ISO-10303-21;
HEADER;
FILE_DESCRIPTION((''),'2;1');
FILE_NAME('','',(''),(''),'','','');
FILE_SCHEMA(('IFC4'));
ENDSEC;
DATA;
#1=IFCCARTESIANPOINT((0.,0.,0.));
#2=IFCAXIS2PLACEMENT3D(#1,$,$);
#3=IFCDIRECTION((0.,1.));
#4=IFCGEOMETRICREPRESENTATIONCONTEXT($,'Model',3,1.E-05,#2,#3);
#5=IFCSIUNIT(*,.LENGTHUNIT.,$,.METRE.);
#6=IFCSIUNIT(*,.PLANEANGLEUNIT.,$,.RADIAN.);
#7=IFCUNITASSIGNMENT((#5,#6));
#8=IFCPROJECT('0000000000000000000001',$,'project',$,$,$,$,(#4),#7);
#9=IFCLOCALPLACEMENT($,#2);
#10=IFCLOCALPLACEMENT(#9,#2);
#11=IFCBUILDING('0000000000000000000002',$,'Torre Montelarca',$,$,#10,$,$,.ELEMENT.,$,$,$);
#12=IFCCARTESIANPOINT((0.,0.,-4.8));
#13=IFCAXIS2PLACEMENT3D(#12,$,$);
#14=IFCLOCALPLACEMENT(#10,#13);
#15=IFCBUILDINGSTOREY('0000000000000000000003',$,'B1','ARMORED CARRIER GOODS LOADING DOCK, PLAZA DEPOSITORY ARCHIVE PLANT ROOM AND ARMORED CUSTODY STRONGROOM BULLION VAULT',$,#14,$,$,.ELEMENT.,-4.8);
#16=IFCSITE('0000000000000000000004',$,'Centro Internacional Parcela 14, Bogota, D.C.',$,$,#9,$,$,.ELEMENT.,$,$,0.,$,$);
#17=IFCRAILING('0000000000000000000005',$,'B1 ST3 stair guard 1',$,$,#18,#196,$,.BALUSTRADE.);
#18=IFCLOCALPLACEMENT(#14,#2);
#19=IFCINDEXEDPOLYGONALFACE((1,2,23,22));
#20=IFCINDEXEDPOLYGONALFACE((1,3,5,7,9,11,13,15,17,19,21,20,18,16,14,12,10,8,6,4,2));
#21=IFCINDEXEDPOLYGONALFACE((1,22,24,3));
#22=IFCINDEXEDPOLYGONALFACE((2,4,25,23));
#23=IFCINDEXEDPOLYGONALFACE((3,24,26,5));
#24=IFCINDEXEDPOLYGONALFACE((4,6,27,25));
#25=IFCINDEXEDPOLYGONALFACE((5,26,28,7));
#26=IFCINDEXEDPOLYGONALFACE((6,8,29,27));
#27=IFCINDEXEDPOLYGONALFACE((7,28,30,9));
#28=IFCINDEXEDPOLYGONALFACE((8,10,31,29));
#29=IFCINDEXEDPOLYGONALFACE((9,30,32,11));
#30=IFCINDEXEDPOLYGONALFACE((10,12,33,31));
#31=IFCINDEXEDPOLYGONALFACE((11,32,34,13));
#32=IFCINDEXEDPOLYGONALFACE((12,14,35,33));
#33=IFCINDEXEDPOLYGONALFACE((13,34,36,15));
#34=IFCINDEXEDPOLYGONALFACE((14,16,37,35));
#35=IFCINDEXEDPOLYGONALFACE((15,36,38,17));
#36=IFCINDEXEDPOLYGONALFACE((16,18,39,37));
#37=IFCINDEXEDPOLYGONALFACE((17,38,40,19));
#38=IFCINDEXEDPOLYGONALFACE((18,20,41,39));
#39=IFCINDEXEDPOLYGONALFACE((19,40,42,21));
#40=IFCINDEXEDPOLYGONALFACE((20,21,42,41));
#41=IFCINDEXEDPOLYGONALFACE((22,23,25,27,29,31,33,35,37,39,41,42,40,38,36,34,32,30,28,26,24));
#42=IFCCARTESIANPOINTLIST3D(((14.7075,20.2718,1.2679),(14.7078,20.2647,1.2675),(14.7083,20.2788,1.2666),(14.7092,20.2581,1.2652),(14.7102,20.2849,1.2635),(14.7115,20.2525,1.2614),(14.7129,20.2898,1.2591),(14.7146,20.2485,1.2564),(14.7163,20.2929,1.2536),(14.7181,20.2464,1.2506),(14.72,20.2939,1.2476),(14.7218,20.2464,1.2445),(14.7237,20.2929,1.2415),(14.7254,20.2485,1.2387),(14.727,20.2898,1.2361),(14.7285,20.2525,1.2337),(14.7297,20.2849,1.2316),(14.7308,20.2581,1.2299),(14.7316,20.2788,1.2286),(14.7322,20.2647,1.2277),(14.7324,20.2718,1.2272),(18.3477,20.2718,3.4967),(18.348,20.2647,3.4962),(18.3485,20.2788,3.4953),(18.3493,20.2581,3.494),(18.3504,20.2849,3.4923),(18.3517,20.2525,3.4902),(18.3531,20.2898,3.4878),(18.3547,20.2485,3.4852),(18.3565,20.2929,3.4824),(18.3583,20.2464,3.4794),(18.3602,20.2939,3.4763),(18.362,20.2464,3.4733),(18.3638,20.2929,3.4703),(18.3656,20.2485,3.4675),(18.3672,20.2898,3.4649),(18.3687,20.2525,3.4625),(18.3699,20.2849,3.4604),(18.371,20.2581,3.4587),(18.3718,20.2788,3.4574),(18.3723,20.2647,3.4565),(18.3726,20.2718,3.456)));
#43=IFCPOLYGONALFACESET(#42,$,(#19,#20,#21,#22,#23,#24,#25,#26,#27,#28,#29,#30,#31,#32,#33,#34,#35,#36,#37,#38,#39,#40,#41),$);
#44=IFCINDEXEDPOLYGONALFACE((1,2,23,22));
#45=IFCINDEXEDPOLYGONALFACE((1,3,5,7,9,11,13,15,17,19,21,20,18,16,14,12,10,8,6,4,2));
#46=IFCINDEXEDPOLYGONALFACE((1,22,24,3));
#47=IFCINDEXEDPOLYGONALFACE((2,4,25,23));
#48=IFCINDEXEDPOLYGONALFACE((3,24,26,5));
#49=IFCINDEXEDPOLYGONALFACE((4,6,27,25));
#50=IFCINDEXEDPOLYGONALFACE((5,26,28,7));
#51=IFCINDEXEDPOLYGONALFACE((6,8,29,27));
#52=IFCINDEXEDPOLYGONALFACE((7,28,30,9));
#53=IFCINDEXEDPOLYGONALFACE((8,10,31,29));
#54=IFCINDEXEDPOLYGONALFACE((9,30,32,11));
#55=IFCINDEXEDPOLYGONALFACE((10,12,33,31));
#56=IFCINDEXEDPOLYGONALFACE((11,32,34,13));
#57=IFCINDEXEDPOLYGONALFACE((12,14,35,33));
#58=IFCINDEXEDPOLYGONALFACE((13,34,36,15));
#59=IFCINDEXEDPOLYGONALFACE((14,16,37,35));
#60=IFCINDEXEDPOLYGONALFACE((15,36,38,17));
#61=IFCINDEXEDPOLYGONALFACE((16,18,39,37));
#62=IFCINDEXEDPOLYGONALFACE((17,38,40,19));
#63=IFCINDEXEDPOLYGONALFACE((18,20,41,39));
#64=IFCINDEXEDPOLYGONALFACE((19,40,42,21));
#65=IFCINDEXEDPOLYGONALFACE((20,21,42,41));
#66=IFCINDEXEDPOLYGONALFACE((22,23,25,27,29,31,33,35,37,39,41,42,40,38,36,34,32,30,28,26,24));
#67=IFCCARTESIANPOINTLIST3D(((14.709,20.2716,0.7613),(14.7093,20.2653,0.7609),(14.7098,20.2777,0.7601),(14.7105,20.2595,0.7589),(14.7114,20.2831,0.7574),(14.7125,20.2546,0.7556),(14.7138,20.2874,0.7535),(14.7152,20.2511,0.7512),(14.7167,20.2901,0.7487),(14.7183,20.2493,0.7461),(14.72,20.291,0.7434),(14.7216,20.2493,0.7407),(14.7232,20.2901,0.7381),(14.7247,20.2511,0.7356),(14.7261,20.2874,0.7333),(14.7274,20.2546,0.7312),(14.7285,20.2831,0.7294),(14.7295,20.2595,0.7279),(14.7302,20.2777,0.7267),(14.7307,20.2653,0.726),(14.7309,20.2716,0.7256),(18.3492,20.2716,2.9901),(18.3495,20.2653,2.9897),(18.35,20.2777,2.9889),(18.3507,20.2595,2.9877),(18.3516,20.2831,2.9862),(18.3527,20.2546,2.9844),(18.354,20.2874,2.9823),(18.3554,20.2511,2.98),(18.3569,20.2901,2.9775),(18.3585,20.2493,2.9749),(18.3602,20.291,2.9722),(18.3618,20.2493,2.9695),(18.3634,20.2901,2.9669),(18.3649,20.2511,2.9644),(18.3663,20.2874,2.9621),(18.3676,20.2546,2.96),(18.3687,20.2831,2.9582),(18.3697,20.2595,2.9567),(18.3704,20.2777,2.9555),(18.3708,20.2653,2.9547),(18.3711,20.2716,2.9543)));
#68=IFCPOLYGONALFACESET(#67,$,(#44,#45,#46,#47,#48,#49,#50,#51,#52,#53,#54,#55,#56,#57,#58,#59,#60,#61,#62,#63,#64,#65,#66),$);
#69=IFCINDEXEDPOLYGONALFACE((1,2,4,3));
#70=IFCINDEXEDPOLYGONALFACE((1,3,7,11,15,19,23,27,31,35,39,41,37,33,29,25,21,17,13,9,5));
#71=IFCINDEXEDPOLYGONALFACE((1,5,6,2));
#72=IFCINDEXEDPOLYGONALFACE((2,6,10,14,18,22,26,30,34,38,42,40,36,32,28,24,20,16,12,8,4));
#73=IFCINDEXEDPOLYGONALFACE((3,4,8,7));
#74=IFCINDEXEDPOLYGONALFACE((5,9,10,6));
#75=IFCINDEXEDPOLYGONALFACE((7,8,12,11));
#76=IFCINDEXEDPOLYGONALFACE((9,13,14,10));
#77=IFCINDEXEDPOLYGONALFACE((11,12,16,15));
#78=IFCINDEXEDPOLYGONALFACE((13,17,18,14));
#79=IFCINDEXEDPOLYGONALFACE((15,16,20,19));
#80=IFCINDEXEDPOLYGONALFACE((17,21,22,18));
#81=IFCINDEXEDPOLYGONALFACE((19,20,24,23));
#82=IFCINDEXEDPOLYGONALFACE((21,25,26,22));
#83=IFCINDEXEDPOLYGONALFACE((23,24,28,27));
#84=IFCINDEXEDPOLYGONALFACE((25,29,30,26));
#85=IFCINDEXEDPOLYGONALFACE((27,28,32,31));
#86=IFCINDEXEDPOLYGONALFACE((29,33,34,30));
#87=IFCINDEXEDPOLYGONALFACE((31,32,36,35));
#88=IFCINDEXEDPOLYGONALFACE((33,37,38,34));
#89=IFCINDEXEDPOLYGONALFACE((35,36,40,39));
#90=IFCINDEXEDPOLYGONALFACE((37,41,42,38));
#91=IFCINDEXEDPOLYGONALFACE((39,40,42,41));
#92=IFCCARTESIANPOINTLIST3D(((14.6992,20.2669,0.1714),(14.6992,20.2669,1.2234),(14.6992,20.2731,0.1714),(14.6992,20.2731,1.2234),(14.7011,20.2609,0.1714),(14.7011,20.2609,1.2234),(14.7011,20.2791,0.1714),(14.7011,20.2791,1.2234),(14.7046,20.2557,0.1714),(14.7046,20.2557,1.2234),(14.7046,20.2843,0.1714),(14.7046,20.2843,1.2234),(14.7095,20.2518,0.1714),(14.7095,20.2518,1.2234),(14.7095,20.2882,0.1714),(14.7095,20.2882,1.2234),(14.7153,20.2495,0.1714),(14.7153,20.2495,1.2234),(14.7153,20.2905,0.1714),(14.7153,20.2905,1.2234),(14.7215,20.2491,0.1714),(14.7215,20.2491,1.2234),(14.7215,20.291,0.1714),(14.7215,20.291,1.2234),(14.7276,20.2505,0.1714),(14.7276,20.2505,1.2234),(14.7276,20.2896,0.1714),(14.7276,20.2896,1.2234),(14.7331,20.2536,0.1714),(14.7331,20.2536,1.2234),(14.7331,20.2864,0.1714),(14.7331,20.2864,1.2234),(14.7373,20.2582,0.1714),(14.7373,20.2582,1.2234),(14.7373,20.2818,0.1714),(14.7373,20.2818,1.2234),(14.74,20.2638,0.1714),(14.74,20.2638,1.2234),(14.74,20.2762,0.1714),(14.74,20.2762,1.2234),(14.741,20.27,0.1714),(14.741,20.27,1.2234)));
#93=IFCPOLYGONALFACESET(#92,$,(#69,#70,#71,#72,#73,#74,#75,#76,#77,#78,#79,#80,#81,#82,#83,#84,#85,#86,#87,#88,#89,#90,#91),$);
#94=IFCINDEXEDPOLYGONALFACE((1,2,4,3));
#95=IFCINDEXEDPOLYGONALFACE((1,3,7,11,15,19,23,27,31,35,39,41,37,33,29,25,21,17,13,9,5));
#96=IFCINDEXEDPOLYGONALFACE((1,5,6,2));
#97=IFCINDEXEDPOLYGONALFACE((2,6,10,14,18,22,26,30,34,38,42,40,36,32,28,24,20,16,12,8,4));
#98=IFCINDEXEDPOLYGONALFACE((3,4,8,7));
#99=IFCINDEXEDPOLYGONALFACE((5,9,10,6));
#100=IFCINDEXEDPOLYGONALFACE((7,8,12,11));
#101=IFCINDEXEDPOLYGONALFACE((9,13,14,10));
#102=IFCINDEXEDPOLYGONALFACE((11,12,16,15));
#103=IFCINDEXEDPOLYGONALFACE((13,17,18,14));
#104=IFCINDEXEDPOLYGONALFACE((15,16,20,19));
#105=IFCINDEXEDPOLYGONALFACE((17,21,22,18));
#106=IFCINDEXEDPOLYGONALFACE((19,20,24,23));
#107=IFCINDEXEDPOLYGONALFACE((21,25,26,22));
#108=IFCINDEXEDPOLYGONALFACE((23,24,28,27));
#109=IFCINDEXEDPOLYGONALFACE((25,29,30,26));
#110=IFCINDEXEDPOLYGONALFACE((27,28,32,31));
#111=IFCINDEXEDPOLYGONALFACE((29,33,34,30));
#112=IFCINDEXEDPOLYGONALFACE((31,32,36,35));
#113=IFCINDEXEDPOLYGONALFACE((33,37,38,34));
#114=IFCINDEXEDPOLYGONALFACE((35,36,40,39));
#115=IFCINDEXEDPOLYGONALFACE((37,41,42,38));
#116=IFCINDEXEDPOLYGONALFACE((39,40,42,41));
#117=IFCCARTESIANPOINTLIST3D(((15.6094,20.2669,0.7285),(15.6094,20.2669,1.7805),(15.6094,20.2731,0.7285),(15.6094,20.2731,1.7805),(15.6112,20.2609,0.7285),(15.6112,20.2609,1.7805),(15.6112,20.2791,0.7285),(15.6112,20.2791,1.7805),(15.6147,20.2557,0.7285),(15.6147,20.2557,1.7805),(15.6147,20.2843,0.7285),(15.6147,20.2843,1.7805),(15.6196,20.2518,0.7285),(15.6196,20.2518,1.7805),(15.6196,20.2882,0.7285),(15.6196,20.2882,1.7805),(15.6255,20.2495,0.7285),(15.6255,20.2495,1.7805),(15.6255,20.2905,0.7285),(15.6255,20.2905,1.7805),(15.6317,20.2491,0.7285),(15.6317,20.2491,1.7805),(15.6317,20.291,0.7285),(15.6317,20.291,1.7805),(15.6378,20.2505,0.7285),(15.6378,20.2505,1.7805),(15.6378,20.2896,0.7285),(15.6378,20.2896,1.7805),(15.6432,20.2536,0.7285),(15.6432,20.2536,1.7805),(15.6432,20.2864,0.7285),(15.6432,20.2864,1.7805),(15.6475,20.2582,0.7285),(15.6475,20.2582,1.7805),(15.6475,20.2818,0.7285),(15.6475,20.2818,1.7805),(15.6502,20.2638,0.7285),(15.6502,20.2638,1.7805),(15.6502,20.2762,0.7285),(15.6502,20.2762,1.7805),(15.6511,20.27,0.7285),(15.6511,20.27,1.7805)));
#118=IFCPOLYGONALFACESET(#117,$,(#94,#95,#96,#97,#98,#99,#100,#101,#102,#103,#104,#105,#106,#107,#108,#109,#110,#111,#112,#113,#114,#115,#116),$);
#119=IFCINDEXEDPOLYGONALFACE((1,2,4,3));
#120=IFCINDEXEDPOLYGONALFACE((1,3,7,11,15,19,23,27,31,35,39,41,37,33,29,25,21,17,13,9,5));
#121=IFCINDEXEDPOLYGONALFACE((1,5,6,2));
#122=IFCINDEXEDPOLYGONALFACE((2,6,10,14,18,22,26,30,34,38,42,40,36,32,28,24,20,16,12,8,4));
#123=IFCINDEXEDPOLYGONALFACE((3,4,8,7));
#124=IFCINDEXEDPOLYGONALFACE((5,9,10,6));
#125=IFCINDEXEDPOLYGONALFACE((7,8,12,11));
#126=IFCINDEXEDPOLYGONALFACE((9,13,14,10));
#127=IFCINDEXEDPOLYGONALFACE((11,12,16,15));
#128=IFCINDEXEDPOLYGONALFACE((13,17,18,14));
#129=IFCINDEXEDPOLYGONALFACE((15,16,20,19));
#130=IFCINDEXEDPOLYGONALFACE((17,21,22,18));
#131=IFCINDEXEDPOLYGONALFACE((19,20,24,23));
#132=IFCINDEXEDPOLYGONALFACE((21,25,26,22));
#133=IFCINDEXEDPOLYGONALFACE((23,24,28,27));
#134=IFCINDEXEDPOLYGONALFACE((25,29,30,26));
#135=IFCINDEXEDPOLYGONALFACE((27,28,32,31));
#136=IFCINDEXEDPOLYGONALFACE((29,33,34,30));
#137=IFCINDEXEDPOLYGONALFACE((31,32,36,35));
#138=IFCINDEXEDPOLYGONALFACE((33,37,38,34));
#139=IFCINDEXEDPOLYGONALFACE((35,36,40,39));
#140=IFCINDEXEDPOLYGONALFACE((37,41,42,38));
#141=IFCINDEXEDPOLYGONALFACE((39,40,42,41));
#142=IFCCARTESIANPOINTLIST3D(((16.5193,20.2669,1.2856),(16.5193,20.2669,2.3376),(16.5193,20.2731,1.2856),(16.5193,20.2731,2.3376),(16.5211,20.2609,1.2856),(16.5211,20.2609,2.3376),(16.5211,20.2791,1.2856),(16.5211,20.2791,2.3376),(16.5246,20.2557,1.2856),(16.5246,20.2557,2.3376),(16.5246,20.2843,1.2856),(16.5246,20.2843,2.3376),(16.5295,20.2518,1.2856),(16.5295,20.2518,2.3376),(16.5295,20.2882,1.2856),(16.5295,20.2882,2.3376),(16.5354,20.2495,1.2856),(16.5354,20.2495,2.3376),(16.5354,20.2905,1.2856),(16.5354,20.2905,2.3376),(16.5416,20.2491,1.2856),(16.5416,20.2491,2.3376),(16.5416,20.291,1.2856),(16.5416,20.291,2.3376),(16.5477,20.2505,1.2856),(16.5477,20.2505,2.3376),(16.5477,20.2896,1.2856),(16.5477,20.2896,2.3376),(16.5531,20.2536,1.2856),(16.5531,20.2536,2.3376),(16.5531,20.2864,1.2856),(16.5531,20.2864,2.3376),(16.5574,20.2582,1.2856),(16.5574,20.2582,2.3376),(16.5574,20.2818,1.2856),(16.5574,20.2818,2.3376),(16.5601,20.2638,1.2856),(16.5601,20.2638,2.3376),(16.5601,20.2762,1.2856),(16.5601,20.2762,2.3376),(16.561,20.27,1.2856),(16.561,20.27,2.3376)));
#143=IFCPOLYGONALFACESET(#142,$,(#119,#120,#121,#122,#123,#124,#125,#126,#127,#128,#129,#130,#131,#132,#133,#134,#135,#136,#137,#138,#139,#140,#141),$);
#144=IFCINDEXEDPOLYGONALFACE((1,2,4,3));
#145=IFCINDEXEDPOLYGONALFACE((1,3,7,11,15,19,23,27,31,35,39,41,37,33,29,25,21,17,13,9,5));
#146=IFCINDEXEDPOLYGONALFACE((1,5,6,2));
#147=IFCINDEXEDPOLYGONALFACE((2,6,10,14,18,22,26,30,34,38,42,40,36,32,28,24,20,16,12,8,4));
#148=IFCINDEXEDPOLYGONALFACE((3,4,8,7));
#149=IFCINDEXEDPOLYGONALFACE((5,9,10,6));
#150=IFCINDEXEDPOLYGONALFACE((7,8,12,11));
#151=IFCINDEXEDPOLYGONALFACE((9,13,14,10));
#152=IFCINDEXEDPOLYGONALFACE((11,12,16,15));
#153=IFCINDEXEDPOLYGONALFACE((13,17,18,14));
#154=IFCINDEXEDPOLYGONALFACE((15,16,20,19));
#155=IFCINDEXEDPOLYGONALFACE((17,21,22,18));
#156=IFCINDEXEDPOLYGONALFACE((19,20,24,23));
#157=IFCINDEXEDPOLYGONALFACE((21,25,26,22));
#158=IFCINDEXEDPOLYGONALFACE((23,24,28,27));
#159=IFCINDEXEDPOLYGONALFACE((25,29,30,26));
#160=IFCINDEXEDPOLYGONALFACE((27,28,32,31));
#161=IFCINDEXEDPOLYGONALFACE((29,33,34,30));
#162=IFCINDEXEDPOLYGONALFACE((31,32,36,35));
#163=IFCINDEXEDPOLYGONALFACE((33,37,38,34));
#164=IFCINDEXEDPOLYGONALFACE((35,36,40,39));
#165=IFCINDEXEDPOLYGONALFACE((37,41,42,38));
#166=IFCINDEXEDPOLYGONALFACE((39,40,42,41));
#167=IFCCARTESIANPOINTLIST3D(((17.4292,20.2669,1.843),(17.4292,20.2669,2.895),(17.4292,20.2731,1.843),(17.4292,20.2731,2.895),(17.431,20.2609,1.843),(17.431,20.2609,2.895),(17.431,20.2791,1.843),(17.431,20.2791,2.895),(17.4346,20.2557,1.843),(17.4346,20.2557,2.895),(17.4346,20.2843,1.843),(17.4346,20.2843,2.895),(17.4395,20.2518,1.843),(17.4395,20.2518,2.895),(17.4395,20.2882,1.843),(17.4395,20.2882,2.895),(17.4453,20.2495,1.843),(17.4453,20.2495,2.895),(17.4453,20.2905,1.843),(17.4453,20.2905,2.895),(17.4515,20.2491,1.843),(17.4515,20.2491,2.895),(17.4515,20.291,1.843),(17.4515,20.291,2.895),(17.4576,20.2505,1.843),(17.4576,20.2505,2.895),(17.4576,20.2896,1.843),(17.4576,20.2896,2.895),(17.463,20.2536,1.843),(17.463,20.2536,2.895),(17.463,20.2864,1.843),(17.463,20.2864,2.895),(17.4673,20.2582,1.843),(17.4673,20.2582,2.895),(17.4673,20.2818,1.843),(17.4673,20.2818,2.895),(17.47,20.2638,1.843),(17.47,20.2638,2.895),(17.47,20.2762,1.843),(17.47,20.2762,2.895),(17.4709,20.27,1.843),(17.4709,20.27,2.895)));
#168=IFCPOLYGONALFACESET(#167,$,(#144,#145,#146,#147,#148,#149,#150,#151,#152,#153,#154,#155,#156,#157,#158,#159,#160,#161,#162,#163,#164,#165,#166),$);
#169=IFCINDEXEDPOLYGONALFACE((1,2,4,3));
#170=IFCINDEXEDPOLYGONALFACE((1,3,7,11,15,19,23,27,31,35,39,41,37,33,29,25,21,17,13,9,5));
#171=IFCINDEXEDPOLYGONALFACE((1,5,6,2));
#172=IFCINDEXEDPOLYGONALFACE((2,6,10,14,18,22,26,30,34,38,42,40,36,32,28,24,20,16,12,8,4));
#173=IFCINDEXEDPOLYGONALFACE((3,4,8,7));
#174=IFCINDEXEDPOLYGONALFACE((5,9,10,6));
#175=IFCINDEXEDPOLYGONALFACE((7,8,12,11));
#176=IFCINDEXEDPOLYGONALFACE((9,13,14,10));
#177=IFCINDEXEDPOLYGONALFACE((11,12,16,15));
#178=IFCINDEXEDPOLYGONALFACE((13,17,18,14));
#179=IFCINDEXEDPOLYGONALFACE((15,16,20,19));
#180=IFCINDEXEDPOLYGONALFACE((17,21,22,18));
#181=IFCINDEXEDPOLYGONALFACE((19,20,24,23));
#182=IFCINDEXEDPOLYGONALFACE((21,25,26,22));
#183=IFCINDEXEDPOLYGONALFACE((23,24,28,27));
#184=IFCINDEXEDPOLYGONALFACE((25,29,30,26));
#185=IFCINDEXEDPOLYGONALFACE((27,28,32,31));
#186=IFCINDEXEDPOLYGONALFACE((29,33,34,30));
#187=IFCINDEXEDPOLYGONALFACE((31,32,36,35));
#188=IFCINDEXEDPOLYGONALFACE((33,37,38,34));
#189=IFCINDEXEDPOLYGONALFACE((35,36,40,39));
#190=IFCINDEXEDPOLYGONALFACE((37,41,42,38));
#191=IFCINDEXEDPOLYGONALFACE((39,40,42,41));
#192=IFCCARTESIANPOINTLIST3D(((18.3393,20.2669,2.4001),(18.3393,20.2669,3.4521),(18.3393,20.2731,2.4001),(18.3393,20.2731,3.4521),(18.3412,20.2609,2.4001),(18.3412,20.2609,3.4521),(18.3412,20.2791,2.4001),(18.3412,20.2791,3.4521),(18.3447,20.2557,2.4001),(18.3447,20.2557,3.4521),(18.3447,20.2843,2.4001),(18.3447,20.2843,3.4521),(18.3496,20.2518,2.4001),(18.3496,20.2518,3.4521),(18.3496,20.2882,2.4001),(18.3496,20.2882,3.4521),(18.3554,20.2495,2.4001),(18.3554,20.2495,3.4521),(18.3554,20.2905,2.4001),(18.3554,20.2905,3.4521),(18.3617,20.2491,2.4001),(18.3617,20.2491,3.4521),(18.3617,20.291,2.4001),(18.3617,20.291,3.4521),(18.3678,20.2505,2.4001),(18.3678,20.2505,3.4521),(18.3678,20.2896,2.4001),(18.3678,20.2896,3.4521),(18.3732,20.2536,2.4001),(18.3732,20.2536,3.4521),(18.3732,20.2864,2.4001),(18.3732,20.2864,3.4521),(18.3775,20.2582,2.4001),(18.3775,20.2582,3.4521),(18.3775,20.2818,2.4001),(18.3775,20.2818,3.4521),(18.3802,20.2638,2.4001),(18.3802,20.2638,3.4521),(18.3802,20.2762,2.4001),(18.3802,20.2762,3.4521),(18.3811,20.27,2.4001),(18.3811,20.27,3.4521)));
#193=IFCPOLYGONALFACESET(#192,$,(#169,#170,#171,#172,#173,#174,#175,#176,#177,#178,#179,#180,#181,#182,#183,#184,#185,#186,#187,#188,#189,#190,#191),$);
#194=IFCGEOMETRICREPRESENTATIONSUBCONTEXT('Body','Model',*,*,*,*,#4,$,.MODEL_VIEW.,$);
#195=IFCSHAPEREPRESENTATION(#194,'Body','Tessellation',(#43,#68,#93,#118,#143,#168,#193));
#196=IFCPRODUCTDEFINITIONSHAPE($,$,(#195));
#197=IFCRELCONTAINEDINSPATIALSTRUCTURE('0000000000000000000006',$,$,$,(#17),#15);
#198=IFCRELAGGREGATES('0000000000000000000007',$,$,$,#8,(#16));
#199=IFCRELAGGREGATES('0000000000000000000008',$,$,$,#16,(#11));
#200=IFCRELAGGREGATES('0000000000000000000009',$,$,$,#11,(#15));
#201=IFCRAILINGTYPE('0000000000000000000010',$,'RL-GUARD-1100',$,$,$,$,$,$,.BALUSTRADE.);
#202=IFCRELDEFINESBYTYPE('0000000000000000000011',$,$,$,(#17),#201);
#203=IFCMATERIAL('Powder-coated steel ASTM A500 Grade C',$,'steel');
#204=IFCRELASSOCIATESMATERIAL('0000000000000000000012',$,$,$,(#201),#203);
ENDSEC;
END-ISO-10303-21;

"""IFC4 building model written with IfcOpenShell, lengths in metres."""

from ifc_helpers import new_model, si_unit, direction, frame, origin, origin_2d, place, context, subcontext, project, spatial, circle, extrude, material, type_object, element, save


model = new_model("IFC4")

# Units and contexts
model_context = context("Model", 3, precision=1e-05, world=origin(), true_north=direction((0.0, 1.0)))
body_context = subcontext(model_context, "Body", "Model", "MODEL_VIEW")
ifc_project = project(units=[si_unit("LENGTHUNIT", "METRE"), si_unit("PLANEANGLEUNIT", "RADIAN")], contexts=[model_context])

# Site, building, storey
site_placement = place(None, origin())
site = spatial("IfcSite", under=ifc_project, at=site_placement, Name="Centro Internacional Parcela 14, Bogota, D.C.", CompositionType="ELEMENT", RefElevation=0.0)
building_placement = place(site_placement, origin())
building = spatial("IfcBuilding", under=site, at=building_placement, Name="Torre Montelarca", CompositionType="ELEMENT")
storey_placement = place(building_placement, frame((0.0, 0.0, -4.8)))
storey = spatial("IfcBuildingStorey", under=building, at=storey_placement, Name="B1", Description="ARMORED CARRIER GOODS LOADING DOCK, PLAZA DEPOSITORY ARCHIVE PLANT ROOM AND ARMORED CUSTODY STRONGROOM BULLION VAULT", CompositionType="ELEMENT", Elevation=-4.8)

# Railing
ifc_material_1 = material(Name="Powder-coated steel ASTM A500 Grade C", Category="steel")
railing_type_1 = type_object("IfcRailingType", Name="RL-GUARD-1100", PredefinedType="BALUSTRADE", material=ifc_material_1)
railing_1_placement = place(storey_placement, frame((14.72, 20.27, 0.1714)))
element("IfcRailing", 1, at=railing_1_placement, inside=storey, type_object=railing_type_1, Name="B1 ST3 stair guard 1", PredefinedType="BALUSTRADE", context=body_context, shape_type="SweptSolid", body=[
    extrude(circle(Radius=0.0239, at=origin_2d()), frame((0.0, 0.0, 1.0762), z_axis=(0.85284, 0.0, 0.522172), x_axis=(0.0, 1.0, 0.0)), (0.0, 0.0, 1.0), 4.2683),
    extrude(circle(Radius=0.021, at=origin_2d()), frame((0.0, 0.0, 0.572), z_axis=(0.85284, 0.0, 0.522172), x_axis=(0.0, 1.0, 0.0)), (0.0, 0.0, 1.0), 4.2683),
    extrude(circle(Radius=0.021, at=origin_2d()), origin(), (0.0, 0.0, 1.0), 1.052),
    extrude(circle(Radius=0.021, at=origin_2d()), frame((0.9102, 0.0, 0.5571)), (0.0, 0.0, 1.0), 1.052),
    extrude(circle(Radius=0.021, at=origin_2d()), frame((1.8201, 0.0, 1.1143)), (0.0, 0.0, 1.0), 1.052),
    extrude(circle(Radius=0.021, at=origin_2d()), frame((2.73, 0.0, 1.6716)), (0.0, 0.0, 1.0), 1.052),
    extrude(circle(Radius=0.021, at=origin_2d()), frame((3.6401, 0.0, 2.2288)), (0.0, 0.0, 1.0), 1.052),
])

save(model, "model.ifc")
